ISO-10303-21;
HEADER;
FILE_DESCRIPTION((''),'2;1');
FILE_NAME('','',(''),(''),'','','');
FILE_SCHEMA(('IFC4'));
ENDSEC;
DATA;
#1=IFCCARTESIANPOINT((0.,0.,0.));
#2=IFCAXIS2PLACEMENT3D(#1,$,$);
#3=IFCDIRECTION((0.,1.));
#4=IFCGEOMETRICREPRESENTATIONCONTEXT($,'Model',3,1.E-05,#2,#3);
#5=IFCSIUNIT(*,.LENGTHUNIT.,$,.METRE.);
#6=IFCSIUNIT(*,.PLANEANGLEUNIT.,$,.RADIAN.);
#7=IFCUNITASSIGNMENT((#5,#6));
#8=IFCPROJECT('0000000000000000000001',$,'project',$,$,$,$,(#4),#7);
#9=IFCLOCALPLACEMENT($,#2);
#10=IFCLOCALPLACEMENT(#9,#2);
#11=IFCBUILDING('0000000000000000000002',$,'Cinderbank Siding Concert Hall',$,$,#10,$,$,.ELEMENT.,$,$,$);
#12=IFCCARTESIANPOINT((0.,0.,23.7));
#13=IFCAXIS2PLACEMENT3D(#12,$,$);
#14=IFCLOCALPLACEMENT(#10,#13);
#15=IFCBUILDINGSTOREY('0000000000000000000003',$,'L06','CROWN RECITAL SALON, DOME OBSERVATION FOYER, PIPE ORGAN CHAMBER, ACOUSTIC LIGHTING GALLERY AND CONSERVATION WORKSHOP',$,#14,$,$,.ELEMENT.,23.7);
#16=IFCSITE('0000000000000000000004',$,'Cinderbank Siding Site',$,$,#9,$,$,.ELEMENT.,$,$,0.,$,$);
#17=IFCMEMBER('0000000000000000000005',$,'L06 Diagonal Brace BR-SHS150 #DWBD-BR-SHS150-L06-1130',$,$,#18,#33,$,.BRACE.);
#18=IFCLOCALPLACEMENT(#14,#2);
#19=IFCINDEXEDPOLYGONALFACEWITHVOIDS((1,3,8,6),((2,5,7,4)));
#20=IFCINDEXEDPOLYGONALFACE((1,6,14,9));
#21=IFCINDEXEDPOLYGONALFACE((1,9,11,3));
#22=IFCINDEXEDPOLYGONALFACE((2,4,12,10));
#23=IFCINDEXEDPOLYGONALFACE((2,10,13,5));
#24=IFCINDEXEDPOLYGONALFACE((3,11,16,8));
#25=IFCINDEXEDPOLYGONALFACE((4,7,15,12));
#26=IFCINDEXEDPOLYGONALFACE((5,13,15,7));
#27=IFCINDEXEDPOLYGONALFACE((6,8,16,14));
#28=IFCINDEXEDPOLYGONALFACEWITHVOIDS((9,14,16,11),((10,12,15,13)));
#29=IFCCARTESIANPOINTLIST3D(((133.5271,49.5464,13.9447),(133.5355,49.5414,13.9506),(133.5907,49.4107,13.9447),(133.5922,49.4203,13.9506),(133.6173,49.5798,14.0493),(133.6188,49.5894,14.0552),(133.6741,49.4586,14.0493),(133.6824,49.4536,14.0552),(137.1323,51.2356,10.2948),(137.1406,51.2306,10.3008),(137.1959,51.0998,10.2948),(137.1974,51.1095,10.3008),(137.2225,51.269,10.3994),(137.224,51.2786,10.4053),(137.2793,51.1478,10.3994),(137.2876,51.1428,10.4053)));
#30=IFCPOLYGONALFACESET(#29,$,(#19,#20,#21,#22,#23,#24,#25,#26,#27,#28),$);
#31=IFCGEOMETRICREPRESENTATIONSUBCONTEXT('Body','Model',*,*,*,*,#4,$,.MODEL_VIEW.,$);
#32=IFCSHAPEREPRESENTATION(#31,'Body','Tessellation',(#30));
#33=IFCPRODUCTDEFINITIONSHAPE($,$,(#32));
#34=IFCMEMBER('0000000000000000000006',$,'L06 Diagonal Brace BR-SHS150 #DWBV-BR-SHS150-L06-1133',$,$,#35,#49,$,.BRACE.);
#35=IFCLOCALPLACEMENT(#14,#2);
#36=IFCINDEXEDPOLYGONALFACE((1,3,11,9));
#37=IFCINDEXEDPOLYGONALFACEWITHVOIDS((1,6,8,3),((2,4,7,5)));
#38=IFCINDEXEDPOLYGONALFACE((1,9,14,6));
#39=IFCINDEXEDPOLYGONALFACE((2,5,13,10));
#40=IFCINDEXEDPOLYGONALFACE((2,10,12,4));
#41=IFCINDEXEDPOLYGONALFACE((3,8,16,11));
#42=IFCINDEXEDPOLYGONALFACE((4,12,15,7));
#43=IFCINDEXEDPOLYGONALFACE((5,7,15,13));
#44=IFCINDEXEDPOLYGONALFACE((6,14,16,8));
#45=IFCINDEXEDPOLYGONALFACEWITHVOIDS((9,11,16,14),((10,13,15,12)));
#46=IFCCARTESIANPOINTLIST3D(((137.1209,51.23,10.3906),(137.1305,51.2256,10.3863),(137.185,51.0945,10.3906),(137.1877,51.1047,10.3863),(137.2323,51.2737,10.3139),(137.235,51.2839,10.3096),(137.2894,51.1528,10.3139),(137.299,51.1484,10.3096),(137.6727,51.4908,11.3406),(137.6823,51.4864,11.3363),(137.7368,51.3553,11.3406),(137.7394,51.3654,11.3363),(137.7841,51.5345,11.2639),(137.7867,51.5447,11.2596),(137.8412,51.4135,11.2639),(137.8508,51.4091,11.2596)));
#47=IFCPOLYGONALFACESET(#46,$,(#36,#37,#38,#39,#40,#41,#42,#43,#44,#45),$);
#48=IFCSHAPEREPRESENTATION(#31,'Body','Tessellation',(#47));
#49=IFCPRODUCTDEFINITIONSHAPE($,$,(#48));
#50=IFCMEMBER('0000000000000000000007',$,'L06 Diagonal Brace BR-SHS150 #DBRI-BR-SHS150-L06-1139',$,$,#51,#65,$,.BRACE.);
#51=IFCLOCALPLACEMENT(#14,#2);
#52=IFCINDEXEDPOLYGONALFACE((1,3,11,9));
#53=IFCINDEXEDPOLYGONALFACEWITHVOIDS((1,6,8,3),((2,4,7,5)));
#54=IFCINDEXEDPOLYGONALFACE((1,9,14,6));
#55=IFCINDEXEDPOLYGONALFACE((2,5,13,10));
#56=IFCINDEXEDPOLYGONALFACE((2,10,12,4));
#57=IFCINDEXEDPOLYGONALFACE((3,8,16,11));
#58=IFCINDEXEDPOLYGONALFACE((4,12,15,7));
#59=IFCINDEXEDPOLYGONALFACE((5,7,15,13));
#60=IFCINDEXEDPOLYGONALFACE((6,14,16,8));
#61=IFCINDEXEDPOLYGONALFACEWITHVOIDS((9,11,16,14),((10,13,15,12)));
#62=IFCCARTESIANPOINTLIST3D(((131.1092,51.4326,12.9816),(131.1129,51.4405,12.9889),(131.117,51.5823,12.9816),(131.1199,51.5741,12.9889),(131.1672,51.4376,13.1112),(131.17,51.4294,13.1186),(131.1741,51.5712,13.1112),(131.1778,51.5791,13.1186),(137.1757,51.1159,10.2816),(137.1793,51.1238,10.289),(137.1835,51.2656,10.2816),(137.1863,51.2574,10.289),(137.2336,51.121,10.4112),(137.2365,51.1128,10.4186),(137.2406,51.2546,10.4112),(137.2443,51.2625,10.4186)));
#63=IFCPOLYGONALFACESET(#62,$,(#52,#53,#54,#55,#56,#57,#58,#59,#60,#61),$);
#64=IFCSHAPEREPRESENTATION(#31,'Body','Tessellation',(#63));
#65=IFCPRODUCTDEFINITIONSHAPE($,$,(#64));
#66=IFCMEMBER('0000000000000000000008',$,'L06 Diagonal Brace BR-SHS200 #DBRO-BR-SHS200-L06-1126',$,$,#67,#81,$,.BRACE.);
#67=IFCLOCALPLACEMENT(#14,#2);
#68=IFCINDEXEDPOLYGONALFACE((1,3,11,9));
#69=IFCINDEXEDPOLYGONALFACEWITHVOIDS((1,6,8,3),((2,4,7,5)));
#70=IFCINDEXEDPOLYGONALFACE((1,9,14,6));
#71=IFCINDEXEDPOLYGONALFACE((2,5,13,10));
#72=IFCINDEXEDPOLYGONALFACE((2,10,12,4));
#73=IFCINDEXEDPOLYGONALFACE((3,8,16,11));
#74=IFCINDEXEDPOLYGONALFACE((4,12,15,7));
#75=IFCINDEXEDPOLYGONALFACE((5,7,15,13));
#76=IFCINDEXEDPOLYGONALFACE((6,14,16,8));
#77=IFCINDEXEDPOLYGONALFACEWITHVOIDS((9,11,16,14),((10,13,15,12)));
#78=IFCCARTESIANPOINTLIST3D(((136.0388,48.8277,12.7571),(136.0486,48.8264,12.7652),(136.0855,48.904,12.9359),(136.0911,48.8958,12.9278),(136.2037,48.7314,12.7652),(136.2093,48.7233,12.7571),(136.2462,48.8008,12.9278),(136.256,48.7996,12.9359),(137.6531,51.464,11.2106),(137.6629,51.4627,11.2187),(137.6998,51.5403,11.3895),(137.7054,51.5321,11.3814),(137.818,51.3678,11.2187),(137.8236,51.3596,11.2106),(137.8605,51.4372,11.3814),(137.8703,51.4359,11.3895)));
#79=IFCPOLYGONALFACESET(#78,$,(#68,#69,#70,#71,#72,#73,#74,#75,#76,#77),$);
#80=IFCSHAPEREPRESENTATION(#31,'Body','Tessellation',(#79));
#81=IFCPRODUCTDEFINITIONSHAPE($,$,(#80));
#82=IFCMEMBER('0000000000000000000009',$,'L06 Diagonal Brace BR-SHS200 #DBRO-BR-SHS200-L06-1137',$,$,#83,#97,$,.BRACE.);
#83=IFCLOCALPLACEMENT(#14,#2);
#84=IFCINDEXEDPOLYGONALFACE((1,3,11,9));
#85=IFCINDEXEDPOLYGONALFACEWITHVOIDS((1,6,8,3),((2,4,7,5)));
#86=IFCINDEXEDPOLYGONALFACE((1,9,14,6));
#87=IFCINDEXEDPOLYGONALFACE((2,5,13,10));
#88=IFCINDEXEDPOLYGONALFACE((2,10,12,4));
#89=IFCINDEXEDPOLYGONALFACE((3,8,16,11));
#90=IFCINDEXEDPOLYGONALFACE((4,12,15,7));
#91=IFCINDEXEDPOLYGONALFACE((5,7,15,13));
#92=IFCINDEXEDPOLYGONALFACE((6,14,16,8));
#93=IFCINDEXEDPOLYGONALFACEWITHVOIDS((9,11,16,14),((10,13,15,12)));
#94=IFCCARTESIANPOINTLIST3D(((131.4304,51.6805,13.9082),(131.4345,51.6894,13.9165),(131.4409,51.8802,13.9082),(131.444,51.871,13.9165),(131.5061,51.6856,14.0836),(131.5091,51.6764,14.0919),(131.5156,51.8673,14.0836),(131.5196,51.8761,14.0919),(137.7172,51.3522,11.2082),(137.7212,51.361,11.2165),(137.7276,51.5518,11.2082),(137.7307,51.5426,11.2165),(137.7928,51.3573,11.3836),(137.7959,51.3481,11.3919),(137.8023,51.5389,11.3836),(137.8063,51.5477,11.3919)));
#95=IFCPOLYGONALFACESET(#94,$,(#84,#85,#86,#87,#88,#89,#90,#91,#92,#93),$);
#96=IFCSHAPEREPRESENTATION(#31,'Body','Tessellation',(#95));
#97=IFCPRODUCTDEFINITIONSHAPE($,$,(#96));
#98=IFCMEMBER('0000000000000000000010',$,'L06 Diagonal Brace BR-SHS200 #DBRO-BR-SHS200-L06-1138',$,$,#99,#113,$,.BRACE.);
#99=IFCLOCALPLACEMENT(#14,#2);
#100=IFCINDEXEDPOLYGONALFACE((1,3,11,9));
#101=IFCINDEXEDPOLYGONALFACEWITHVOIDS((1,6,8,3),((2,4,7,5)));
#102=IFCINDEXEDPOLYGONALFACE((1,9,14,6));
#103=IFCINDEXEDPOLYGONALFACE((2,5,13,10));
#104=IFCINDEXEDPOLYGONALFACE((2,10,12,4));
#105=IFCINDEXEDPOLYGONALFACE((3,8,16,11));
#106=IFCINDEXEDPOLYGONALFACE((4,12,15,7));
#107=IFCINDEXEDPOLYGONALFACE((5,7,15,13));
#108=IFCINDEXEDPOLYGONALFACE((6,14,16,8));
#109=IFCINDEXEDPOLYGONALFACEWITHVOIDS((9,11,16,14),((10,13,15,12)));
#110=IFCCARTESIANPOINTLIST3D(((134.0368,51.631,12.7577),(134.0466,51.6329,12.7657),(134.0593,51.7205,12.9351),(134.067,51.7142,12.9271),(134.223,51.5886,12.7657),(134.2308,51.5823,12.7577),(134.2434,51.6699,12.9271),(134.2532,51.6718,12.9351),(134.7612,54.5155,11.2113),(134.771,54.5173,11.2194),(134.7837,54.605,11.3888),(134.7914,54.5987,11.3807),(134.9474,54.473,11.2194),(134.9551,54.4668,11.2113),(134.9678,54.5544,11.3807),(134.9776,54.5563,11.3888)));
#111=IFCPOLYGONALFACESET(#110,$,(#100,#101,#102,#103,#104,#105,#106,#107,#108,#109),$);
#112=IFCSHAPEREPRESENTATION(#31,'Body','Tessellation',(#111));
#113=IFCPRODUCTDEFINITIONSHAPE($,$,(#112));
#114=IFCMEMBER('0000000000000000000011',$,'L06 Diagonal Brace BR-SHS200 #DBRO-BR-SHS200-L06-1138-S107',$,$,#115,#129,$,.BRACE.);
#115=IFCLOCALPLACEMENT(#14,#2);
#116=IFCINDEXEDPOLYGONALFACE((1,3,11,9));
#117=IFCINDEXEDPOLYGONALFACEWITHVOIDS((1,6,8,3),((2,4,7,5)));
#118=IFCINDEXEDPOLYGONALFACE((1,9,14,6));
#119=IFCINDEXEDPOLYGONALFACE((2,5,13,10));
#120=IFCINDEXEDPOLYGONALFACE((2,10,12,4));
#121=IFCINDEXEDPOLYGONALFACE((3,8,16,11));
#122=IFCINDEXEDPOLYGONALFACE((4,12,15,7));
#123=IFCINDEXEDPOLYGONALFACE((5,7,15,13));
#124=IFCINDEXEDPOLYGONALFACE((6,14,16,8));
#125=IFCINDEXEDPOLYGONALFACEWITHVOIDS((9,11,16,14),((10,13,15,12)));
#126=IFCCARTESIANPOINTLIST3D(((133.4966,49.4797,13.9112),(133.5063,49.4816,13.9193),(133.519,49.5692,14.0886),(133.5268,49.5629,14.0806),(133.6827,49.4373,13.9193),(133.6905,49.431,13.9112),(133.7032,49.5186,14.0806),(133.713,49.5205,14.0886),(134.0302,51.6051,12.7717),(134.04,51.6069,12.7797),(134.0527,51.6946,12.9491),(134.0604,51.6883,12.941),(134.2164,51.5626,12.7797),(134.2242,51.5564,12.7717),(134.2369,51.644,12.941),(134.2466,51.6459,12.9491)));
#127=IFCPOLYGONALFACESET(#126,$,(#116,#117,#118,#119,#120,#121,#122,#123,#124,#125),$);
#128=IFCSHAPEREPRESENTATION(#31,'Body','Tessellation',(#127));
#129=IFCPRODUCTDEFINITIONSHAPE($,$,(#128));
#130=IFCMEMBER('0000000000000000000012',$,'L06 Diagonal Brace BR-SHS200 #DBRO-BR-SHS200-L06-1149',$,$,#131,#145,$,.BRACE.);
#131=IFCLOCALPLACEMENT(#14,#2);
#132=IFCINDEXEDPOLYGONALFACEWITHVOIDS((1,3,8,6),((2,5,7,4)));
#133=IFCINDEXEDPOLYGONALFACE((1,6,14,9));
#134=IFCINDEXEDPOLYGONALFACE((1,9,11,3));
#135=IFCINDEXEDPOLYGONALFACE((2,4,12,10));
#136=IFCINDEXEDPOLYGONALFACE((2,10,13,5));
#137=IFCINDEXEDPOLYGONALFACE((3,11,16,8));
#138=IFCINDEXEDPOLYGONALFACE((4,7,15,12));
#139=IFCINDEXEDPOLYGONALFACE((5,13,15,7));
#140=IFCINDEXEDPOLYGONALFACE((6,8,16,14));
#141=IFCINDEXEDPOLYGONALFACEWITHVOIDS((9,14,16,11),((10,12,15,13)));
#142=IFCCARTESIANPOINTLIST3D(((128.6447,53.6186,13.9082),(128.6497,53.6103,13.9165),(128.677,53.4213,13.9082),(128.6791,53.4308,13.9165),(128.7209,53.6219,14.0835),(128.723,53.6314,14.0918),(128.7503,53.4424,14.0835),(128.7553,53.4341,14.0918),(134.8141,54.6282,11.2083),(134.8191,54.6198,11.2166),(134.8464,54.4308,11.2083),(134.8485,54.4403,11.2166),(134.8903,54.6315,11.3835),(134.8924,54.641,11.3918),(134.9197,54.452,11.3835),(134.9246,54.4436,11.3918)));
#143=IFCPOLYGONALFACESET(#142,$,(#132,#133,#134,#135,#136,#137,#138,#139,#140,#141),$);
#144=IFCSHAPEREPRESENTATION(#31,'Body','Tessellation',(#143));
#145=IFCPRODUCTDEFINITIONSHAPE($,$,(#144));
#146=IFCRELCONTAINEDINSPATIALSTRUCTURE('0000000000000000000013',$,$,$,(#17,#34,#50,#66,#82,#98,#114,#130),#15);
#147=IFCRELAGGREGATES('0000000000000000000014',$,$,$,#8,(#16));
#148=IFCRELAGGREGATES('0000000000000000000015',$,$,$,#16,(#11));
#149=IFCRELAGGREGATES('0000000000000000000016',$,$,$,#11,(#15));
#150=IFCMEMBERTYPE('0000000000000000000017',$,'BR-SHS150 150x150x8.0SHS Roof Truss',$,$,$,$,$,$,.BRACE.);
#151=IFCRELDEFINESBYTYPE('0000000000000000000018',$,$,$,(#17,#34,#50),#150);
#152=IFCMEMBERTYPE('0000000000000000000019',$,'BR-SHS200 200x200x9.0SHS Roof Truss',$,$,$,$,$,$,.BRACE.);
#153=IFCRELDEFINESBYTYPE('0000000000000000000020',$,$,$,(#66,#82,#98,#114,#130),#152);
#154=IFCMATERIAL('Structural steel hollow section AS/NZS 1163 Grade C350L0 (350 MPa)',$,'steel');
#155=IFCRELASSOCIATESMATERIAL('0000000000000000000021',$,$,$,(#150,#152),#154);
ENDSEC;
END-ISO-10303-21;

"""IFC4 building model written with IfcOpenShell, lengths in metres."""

from ifc_helpers import new_model, si_unit, direction, frame, origin, origin_2d, place, context, subcontext, project, spatial, hollow_rectangle, extrude, material, material_profile, profile_set, type_object, element, save


model = new_model("IFC4")

# Units and contexts
model_context = context("Model", 3, precision=1e-05, world=origin(), true_north=direction((0.0, 1.0)))
body_context = subcontext(model_context, "Body", "Model", "MODEL_VIEW")
ifc_project = project(units=[si_unit("LENGTHUNIT", "METRE"), si_unit("PLANEANGLEUNIT", "RADIAN")], contexts=[model_context])

# Site, building, storey
site_placement = place(None, origin())
site = spatial("IfcSite", under=ifc_project, at=site_placement, Name="Cinderbank Siding Site", CompositionType="ELEMENT", RefElevation=0.0)
building_placement = place(site_placement, origin())
building = spatial("IfcBuilding", under=site, at=building_placement, Name="Cinderbank Siding Concert Hall", CompositionType="ELEMENT")
storey_placement = place(building_placement, frame((0.0, 0.0, 23.7)))
storey = spatial("IfcBuildingStorey", under=building, at=storey_placement, Name="L06", Description="CROWN RECITAL SALON, DOME OBSERVATION FOYER, PIPE ORGAN CHAMBER, ACOUSTIC LIGHTING GALLERY AND CONSERVATION WORKSHOP", CompositionType="ELEMENT", Elevation=23.7)

# Members
ifc_material_1 = material(Name="Structural steel hollow section AS/NZS 1163 Grade C350L0 (350 MPa)", Category="steel")
ifc_material_profile_1 = material_profile(ifc_material_1, hollow_rectangle(XDim=0.1499, YDim=0.1499, WallThickness=0.0081, at=origin_2d()), Name="150x150x8.0SHS", Category="LoadBearing")
ifc_profile_set_1 = profile_set([ifc_material_profile_1], Name="Structural steel hollow section AS/NZS 1163 Grade C350L0 (350 MPa)")
member_type_1 = type_object("IfcMemberType", Name="BR-SHS150 150x150x8.0SHS Roof Truss", PredefinedType="BRACE", material=ifc_profile_set_1)
member_1_placement = place(storey_placement, frame((137.21, 51.1892, 10.3501), z_axis=(-0.667487, -0.312748, 0.675759), x_axis=(0.424281, -0.90553, 0.0)))
element("IfcMember", 1, at=member_1_placement, inside=storey, type_object=member_type_1, Name="L06 Diagonal Brace BR-SHS150 #DWBD-BR-SHS150-L06-1130", PredefinedType="BRACE", context=body_context, shape_type="SweptSolid", body=[
    extrude(hollow_rectangle(XDim=0.1499, YDim=0.1499, WallThickness=0.0081, at=origin_2d()), origin(), (0.0, 0.0, 1.0), 5.4011),
])
member_2_placement = place(storey_placement, frame((137.21, 51.1892, 10.3501), z_axis=(0.488677, 0.230933, 0.841347), x_axis=(-0.427261, 0.904128, 0.0)))
element("IfcMember", 2, at=member_2_placement, inside=storey, type_object=member_type_1, Name="L06 Diagonal Brace BR-SHS150 #DWBV-BR-SHS150-L06-1133", PredefinedType="BRACE", context=body_context, shape_type="SweptSolid", body=[
    extrude(hollow_rectangle(XDim=0.1499, YDim=0.1499, WallThickness=0.0081, at=origin_2d()), origin(), (0.0, 0.0, 1.0), 1.1292),
])
member_3_placement = place(storey_placement, frame((137.21, 51.1892, 10.3501), z_axis=(-0.912564, 0.047633, 0.406151), x_axis=(-0.052126, -0.99864, 0.0)))
element("IfcMember", 3, at=member_3_placement, inside=storey, type_object=member_type_1, Name="L06 Diagonal Brace BR-SHS150 #DBRI-BR-SHS150-L06-1139", PredefinedType="BRACE", context=body_context, shape_type="SweptSolid", body=[
    extrude(hollow_rectangle(XDim=0.1499, YDim=0.1499, WallThickness=0.0081, at=origin_2d()), origin(), (0.0, 0.0, 1.0), 6.6477),
])
ifc_material_profile_2 = material_profile(ifc_material_1, hollow_rectangle(XDim=0.2, YDim=0.2, WallThickness=0.009, at=origin_2d()), Name="200x200x9.0SHS", Category="LoadBearing")
ifc_profile_set_2 = profile_set([ifc_material_profile_2], Name="Structural steel hollow section AS/NZS 1163 Grade C350L0 (350 MPa)")
member_type_2 = type_object("IfcMemberType", Name="BR-SHS200 200x200x9.0SHS Roof Truss", PredefinedType="BRACE", material=ifc_profile_set_2)
member_4_placement = place(storey_placement, frame((137.7617, 51.45, 11.3), z_axis=(-0.467031, -0.762705, 0.447395), x_axis=(0.852817, -0.52221, 0.0)))
element("IfcMember", 4, at=member_4_placement, inside=storey, type_object=member_type_2, Name="L06 Diagonal Brace BR-SHS200 #DBRO-BR-SHS200-L06-1126", PredefinedType="BRACE", context=body_context, shape_type="SweptSolid", body=[
    extrude(hollow_rectangle(XDim=0.2, YDim=0.2, WallThickness=0.009, at=origin_2d()), origin(), (0.0, 0.0, 1.0), 3.4565),
])
member_5_placement = place(storey_placement, frame((137.7617, 51.45, 11.3), z_axis=(-0.917787, 0.047939, 0.394167), x_axis=(-0.052162, -0.998639, 0.0)))
element("IfcMember", 5, at=member_5_placement, inside=storey, type_object=member_type_2, Name="L06 Diagonal Brace BR-SHS200 #DBRO-BR-SHS200-L06-1137", PredefinedType="BRACE", context=body_context, shape_type="SweptSolid", body=[
    extrude(hollow_rectangle(XDim=0.2, YDim=0.2, WallThickness=0.009, at=origin_2d()), origin(), (0.0, 0.0, 1.0), 6.8499),
])
member_6_placement = place(storey_placement, frame((134.8694, 54.5359, 11.3), z_axis=(-0.216094, -0.860515, 0.461321), x_axis=(0.969886, -0.243559, 0.0)))
element("IfcMember", 6, at=member_6_placement, inside=storey, type_object=member_type_2, Name="L06 Diagonal Brace BR-SHS200 #DBRO-BR-SHS200-L06-1138", PredefinedType="BRACE", context=body_context, shape_type="SweptSolid", body=[
    extrude(hollow_rectangle(XDim=0.2, YDim=0.2, WallThickness=0.009, at=origin_2d()), origin(), (0.0, 0.0, 1.0), 3.3521),
])
member_7_placement = place(storey_placement, frame((134.1384, 51.6255, 12.8604), z_axis=(-0.216062, -0.860492, 0.46138), x_axis=(0.969893, -0.243532, 0.0)))
element("IfcMember", 7, at=member_7_placement, inside=storey, type_object=member_type_2, Name="L06 Diagonal Brace BR-SHS200 #DBRO-BR-SHS200-L06-1138-S107", PredefinedType="BRACE", context=body_context, shape_type="SweptSolid", body=[
    extrude(hollow_rectangle(XDim=0.2, YDim=0.2, WallThickness=0.009, at=origin_2d()), origin(), (0.0, 0.0, 1.0), 2.47),
])
member_8_placement = place(storey_placement, frame((134.8694, 54.5359, 11.3), z_axis=(-0.905989, -0.14825, 0.396491), x_axis=(0.161485, -0.986875, 0.0)))
element("IfcMember", 8, at=member_8_placement, inside=storey, type_object=member_type_2, Name="L06 Diagonal Brace BR-SHS200 #DBRO-BR-SHS200-L06-1149", PredefinedType="BRACE", context=body_context, shape_type="SweptSolid", body=[
    extrude(hollow_rectangle(XDim=0.2, YDim=0.2, WallThickness=0.009, at=origin_2d()), origin(), (0.0, 0.0, 1.0), 6.8096),
])

save(model, "model.ifc")
